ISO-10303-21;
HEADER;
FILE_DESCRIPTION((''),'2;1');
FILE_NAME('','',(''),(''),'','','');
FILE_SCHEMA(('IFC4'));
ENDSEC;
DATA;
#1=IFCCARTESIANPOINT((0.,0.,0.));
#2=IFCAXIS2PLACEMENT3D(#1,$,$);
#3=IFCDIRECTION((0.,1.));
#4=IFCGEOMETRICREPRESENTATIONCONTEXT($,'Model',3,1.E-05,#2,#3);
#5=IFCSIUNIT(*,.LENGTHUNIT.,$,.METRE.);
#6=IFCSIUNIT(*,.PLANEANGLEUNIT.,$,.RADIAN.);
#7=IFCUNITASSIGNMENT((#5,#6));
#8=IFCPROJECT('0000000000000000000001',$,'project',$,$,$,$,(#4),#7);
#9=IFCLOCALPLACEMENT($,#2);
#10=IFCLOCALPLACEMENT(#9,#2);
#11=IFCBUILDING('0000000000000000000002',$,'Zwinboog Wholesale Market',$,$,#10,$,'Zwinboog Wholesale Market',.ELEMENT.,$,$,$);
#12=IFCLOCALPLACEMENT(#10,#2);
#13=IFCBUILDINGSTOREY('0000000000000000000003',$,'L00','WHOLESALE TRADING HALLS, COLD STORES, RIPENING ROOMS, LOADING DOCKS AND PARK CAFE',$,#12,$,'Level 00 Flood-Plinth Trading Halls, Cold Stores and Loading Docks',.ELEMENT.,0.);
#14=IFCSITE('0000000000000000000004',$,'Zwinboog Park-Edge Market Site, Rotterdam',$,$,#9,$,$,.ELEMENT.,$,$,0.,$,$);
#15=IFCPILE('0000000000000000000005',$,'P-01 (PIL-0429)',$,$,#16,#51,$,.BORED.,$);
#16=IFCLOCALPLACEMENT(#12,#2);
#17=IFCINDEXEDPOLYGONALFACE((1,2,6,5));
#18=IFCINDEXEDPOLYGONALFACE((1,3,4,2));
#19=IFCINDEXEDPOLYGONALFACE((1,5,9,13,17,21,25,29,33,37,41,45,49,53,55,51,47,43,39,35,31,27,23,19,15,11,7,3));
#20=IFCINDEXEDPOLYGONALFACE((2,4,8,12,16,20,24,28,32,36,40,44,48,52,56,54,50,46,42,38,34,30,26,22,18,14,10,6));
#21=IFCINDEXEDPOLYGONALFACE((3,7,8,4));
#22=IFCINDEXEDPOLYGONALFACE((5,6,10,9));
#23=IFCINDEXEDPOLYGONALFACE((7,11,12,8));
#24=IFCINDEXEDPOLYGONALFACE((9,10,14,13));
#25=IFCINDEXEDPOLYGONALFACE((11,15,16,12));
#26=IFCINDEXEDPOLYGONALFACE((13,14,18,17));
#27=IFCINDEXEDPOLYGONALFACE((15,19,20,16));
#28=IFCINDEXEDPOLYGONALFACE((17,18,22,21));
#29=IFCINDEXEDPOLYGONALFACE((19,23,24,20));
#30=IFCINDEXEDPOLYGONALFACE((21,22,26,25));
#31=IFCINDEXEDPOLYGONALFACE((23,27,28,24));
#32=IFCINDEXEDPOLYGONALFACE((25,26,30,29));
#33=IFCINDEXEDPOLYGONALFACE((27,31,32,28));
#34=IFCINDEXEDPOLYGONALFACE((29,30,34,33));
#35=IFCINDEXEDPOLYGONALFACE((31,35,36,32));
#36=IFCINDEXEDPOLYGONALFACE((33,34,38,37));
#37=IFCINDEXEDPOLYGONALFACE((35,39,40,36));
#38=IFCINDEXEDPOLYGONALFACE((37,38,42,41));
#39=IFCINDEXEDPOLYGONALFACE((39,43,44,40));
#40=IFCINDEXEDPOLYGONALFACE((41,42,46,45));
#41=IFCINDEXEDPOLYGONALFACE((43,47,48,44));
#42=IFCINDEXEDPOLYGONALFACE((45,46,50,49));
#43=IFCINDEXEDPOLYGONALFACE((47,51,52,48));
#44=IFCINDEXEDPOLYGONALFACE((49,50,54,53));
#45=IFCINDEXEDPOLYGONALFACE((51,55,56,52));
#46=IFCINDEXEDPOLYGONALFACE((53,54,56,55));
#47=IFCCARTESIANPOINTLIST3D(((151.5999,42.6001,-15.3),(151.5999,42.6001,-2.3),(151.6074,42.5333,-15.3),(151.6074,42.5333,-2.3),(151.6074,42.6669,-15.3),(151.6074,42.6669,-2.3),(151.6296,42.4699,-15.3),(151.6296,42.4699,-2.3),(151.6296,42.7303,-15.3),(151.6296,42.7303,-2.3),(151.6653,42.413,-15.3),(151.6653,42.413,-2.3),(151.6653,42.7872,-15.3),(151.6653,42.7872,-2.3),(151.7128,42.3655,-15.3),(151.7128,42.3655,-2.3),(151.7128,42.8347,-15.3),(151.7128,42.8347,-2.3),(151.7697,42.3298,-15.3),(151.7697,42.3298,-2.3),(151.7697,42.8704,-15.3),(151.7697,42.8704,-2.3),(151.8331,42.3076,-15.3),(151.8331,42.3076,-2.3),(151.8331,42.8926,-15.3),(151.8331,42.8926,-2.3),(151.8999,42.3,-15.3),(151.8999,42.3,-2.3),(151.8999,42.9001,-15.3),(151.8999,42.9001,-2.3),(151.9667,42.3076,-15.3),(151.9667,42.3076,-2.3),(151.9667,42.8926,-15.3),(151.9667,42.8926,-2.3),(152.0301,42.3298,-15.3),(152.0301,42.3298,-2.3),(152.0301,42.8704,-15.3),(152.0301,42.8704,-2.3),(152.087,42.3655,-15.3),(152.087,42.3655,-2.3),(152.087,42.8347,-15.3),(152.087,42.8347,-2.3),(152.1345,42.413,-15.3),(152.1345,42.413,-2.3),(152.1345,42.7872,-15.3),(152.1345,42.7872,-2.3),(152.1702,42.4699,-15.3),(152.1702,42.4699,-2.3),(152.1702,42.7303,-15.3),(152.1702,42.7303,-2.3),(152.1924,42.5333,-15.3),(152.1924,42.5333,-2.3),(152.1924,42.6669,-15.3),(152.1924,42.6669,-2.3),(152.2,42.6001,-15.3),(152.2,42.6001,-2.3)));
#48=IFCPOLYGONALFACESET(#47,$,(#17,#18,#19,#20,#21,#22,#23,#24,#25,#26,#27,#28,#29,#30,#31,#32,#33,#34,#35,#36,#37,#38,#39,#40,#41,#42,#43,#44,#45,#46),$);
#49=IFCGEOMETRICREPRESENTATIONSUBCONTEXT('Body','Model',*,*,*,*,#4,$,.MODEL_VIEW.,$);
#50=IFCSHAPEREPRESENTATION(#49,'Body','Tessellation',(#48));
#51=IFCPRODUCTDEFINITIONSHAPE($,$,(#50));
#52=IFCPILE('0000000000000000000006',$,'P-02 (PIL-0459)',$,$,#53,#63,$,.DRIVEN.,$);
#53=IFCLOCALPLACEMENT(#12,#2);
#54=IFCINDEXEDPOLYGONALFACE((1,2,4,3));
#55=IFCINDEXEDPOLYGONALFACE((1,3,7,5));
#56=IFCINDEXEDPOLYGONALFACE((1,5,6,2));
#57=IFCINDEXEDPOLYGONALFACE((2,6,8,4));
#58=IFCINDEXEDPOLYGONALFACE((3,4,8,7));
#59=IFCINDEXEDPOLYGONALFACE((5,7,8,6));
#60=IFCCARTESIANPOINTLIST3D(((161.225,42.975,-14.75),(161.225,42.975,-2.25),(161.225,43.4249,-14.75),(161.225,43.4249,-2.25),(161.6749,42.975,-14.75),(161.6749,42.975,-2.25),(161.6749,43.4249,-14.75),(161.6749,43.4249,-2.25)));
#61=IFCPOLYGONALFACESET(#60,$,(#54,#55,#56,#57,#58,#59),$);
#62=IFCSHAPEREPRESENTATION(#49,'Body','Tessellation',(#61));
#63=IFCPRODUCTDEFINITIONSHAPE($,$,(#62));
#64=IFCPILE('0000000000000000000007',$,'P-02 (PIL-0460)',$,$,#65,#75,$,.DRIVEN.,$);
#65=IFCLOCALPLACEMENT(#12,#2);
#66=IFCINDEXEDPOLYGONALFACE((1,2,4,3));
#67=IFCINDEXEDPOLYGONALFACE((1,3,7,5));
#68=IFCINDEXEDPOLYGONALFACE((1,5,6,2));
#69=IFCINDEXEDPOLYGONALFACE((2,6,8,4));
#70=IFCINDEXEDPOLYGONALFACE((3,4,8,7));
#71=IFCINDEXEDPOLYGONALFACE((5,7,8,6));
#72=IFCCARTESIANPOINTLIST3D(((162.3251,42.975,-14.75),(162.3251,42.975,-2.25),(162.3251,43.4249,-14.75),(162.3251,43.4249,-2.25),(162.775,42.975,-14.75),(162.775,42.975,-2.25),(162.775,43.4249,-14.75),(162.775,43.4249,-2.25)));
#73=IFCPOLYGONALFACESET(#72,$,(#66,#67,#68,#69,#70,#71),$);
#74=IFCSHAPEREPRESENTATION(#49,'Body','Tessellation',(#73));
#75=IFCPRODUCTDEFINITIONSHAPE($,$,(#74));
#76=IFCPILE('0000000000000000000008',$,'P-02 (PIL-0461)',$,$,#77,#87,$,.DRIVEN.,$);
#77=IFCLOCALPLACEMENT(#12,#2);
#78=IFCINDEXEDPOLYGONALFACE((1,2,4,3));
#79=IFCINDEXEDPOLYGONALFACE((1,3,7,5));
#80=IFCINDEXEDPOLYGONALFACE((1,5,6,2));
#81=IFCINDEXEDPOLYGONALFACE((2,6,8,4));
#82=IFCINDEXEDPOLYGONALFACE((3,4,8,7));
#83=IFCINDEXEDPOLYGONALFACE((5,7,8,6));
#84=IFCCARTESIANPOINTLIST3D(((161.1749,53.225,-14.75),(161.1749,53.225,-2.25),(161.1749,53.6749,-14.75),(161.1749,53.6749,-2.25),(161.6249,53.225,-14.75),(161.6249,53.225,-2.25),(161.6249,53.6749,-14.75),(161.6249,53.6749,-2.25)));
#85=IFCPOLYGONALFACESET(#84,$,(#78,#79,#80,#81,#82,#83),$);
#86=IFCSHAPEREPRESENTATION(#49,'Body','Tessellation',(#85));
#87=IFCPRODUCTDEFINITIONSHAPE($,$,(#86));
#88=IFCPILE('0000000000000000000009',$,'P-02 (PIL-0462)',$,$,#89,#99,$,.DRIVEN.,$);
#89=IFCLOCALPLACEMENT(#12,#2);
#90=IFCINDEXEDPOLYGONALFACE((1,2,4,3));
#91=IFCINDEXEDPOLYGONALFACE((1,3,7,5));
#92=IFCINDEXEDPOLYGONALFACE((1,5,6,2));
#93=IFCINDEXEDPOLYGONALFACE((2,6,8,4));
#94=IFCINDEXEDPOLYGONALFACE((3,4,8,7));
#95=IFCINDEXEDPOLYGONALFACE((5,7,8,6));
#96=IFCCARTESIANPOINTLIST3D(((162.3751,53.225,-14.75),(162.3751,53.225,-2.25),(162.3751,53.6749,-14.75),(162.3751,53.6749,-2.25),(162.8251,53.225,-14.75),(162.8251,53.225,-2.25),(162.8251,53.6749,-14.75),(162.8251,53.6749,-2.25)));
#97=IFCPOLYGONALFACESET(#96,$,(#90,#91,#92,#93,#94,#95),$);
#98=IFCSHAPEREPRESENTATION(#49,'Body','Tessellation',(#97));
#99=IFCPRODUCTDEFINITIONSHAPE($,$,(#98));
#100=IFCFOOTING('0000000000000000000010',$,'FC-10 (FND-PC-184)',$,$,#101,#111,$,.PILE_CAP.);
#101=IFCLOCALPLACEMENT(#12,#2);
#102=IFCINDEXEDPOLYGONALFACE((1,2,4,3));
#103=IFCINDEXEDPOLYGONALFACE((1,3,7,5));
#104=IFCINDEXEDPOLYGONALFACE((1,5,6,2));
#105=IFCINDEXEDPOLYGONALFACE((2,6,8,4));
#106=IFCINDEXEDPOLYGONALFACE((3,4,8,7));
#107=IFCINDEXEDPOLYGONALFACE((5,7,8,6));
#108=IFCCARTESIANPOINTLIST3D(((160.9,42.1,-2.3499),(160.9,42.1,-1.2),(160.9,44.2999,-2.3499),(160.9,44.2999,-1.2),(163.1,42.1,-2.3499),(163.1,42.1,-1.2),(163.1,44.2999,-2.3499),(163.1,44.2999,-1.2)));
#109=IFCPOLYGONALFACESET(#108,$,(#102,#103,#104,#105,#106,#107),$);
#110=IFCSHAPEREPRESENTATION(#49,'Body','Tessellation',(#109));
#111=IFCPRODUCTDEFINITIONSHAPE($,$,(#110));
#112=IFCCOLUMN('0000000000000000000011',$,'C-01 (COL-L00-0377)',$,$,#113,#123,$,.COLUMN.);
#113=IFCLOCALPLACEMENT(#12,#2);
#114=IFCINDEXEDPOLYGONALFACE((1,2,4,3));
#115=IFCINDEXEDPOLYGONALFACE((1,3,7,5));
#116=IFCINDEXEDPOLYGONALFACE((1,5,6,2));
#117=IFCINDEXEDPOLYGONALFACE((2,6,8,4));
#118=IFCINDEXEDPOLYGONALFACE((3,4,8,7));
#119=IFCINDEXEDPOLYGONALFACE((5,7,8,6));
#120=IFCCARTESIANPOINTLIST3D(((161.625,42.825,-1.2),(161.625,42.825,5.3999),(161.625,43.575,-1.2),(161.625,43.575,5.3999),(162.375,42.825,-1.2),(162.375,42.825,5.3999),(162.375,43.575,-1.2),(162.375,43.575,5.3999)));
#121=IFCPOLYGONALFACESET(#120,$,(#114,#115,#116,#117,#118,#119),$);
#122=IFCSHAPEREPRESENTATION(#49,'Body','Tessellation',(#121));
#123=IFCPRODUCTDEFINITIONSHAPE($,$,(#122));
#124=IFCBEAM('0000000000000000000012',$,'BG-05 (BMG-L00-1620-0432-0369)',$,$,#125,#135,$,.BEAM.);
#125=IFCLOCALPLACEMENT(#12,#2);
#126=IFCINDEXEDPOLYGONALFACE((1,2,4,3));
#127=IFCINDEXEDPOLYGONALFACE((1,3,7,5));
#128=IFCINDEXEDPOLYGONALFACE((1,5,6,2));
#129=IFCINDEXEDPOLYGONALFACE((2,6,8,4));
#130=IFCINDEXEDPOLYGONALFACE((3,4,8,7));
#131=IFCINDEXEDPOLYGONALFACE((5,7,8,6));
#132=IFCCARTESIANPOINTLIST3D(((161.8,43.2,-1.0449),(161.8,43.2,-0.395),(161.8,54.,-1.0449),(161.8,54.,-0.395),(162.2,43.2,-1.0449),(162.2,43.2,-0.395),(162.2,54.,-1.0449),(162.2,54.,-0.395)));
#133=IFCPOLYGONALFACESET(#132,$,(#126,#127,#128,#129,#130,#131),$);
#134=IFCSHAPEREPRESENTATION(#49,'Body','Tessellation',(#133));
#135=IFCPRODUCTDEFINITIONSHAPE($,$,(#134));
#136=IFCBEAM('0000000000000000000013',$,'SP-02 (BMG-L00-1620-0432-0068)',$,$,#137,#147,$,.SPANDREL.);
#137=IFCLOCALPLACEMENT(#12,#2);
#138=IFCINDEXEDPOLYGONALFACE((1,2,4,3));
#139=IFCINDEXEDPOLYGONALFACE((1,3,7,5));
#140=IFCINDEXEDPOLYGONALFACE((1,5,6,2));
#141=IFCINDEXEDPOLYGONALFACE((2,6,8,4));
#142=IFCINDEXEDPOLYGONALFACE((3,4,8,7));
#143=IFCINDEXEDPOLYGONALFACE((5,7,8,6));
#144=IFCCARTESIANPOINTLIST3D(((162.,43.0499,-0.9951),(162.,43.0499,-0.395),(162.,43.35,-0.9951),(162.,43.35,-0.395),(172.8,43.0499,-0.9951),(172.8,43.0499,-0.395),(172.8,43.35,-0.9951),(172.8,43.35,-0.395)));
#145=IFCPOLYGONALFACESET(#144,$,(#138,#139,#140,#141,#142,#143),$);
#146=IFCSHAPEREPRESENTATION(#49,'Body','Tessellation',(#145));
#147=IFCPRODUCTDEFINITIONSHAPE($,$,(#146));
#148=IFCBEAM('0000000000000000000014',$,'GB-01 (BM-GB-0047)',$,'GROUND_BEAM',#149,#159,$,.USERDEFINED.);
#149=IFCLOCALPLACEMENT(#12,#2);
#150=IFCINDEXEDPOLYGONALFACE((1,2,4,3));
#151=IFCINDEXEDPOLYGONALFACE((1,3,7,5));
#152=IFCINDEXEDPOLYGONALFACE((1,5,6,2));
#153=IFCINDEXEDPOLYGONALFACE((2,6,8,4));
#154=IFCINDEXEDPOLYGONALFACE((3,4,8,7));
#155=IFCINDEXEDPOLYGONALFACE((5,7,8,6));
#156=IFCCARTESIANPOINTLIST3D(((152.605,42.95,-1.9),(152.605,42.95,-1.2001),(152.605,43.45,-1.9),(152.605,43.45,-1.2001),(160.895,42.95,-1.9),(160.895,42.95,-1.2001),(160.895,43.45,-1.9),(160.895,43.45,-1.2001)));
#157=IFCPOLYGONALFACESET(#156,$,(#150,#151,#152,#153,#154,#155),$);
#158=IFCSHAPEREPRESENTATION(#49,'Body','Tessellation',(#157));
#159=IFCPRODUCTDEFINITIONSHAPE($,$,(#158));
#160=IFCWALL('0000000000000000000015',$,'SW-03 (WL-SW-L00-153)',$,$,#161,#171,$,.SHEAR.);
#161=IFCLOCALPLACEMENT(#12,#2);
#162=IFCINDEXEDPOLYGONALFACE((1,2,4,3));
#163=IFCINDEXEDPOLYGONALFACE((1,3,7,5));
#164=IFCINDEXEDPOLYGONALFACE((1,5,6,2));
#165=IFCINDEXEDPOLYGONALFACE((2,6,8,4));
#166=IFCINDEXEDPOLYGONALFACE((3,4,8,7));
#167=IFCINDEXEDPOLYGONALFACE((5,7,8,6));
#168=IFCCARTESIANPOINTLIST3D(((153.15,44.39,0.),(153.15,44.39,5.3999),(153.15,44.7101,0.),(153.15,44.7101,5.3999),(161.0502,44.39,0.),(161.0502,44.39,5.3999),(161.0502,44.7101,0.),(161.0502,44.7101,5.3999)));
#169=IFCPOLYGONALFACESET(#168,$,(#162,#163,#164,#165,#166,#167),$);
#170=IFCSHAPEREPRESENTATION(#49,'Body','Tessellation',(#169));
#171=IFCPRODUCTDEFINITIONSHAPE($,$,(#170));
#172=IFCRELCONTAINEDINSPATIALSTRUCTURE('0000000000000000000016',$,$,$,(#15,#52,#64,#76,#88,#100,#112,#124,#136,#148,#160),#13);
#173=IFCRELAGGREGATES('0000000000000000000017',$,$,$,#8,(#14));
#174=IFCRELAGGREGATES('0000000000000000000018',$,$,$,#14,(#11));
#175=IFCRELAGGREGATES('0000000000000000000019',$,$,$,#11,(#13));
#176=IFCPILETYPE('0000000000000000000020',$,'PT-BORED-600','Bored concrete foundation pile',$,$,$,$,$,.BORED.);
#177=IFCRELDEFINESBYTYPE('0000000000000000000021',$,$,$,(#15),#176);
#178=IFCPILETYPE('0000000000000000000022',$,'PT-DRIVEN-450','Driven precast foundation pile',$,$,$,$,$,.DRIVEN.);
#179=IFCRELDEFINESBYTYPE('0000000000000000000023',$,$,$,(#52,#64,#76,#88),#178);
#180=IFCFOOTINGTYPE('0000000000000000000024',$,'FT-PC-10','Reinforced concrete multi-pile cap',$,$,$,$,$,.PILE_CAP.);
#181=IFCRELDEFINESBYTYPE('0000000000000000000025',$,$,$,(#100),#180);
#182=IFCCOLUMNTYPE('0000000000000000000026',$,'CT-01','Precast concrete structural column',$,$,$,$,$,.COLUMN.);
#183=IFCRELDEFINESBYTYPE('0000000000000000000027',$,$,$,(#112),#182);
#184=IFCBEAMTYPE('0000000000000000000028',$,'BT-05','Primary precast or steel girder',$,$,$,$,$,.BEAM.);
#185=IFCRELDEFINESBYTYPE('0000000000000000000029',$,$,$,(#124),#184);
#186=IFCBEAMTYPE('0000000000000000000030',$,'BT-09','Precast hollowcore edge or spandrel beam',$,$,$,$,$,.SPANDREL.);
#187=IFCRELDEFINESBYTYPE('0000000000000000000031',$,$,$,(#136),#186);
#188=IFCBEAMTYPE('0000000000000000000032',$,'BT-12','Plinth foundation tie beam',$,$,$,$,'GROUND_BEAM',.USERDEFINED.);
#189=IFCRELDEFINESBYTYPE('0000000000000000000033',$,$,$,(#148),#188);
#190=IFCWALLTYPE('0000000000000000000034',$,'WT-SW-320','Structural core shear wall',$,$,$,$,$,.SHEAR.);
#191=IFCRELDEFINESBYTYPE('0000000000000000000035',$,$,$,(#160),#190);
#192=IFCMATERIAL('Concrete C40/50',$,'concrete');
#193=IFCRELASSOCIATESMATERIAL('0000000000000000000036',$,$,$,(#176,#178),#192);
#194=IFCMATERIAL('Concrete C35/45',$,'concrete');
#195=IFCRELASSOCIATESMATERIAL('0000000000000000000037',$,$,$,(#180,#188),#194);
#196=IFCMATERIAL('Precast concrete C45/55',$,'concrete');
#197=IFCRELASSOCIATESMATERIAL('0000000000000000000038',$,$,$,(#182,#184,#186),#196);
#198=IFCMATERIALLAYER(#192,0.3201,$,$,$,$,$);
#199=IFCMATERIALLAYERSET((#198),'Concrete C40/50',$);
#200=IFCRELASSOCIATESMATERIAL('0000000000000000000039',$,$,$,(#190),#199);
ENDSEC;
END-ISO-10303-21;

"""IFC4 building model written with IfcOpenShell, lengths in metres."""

from ifc_helpers import new_model, si_unit, direction, frame, frame_2d, origin, origin_2d, place, context, subcontext, project, spatial, rectangle, circle, extrude, material, layer, layer_set, material_profile, profile_set, type_object, element, save


model = new_model("IFC4")

# Units and contexts
model_context = context("Model", 3, precision=1e-05, world=origin(), true_north=direction((0.0, 1.0)))
body_context = subcontext(model_context, "Body", "Model", "MODEL_VIEW")
ifc_project = project(units=[si_unit("LENGTHUNIT", "METRE"), si_unit("PLANEANGLEUNIT", "RADIAN")], contexts=[model_context])

# Site, building, storey
site_placement = place(None, origin())
site = spatial("IfcSite", under=ifc_project, at=site_placement, Name="Zwinboog Park-Edge Market Site, Rotterdam", CompositionType="ELEMENT", RefElevation=0.0)
building_placement = place(site_placement, origin())
building = spatial("IfcBuilding", under=site, at=building_placement, Name="Zwinboog Wholesale Market", LongName="Zwinboog Wholesale Market", CompositionType="ELEMENT")
storey_placement = place(building_placement, origin())
storey = spatial("IfcBuildingStorey", under=building, at=storey_placement, Name="L00", Description="WHOLESALE TRADING HALLS, COLD STORES, RIPENING ROOMS, LOADING DOCKS AND PARK CAFE", LongName="Level 00 Flood-Plinth Trading Halls, Cold Stores and Loading Docks", CompositionType="ELEMENT", Elevation=0.0)

# Piles
ifc_material_1 = material(Name="Concrete C40/50", Category="concrete")
ifc_material_profile_1 = material_profile(ifc_material_1, circle(Radius=0.3, at=origin_2d()), Name="PILE D600")
ifc_profile_set_1 = profile_set([ifc_material_profile_1], Name="Concrete C40/50")
pile_type_1 = type_object("IfcPileType", Name="PT-BORED-600", Description="Bored concrete foundation pile", PredefinedType="BORED", material=ifc_profile_set_1)
pile_placement = place(storey_placement, frame((151.8999, 42.6001, -2.3), z_axis=(0.0, 0.0, -1.0), x_axis=(1.0, 0.0, 0.0)))
element("IfcPile", 1, at=pile_placement, inside=storey, type_object=pile_type_1, Name="P-01 (PIL-0429)", PredefinedType="BORED", context=body_context, shape_type="SweptSolid", body=[
    extrude(circle(Radius=0.3, at=origin_2d()), origin(), (0.0, 0.0, 1.0), 13.0),
])
ifc_material_profile_2 = material_profile(ifc_material_1, rectangle(XDim=0.45, YDim=0.45, at=origin_2d()), Name="PILE SQ450")
ifc_profile_set_2 = profile_set([ifc_material_profile_2], Name="Concrete C40/50")
pile_type_2 = type_object("IfcPileType", Name="PT-DRIVEN-450", Description="Driven precast foundation pile", PredefinedType="DRIVEN", material=ifc_profile_set_2)
for number, where, z_axis, x_axis, name in (
    (2, (161.45, 43.2, -2.25), (0.0, 0.0, -1.0), (1.0, 0.0, 0.0), "P-02 (PIL-0459)"),
    (3, (162.55, 43.2, -2.25), (0.0, 0.0, -1.0), (1.0, 0.0, 0.0), "P-02 (PIL-0460)"),
    (4, (161.3999, 53.45, -2.25), (0.0, 0.0, -1.0), (1.0, 0.0, 0.0), "P-02 (PIL-0461)"),
    (5, (162.6001, 53.45, -2.25), (0.0, 0.0, -1.0), (1.0, 0.0, 0.0), "P-02 (PIL-0462)"),
):
    element("IfcPile", number, at=place(storey_placement, frame(where, z_axis=z_axis, x_axis=x_axis)), inside=storey, type_object=pile_type_2, Name=name, PredefinedType="DRIVEN", context=body_context, shape_type="SweptSolid", body=[
        extrude(rectangle(XDim=0.45, YDim=0.45, at=origin_2d()), origin(), (0.0, 0.0, 1.0), 12.5),
    ])

# Footing
ifc_material_2 = material(Name="Concrete C35/45", Category="concrete")
footing_type = type_object("IfcFootingType", Name="FT-PC-10", Description="Reinforced concrete multi-pile cap", PredefinedType="PILE_CAP", material=ifc_material_2)
footing_placement = place(storey_placement, frame((162.0, 43.2, -2.3499), z_axis=(0.0, 0.0, 1.0), x_axis=(1.0, 0.0, 0.0)))
element("IfcFooting", 6, at=footing_placement, inside=storey, type_object=footing_type, Name="FC-10 (FND-PC-184)", PredefinedType="PILE_CAP", context=body_context, shape_type="SweptSolid", body=[
    extrude(rectangle(XDim=2.2, YDim=2.2, at=origin_2d()), origin(), (0.0, 0.0, 1.0), 1.1499),
])

# Column
ifc_material_3 = material(Name="Precast concrete C45/55", Category="concrete")
ifc_material_profile_3 = material_profile(ifc_material_3, rectangle(XDim=0.75, YDim=0.75, at=origin_2d()), Name="PC 750x750")
ifc_profile_set_3 = profile_set([ifc_material_profile_3], Name="Precast concrete C45/55")
column_type = type_object("IfcColumnType", Name="CT-01", Description="Precast concrete structural column", PredefinedType="COLUMN", material=ifc_profile_set_3)
column_placement = place(storey_placement, frame((162.0, 43.2, -1.2), z_axis=(0.0, 0.0, 1.0), x_axis=(1.0, 0.0, 0.0)))
element("IfcColumn", 7, at=column_placement, inside=storey, type_object=column_type, Name="C-01 (COL-L00-0377)", PredefinedType="COLUMN", context=body_context, shape_type="SweptSolid", body=[
    extrude(rectangle(XDim=0.75, YDim=0.75, at=origin_2d()), origin(), (0.0, 0.0, 1.0), 6.5999),
])

# Beams
ifc_material_profile_4 = material_profile(ifc_material_3, rectangle(XDim=0.3999, YDim=0.6499, at=origin_2d()), Name="PC 400x650")
ifc_profile_set_4 = profile_set([ifc_material_profile_4], Name="Precast concrete C45/55")
beam_type_1 = type_object("IfcBeamType", Name="BT-05", Description="Primary precast or steel girder", PredefinedType="BEAM", material=ifc_profile_set_4)
beam_1_placement = place(storey_placement, frame((162.0, 43.2, -0.72), z_axis=(0.0, 1.0, 0.0), x_axis=(-1.0, 0.0, 0.0)))
element("IfcBeam", 8, at=beam_1_placement, inside=storey, type_object=beam_type_1, Name="BG-05 (BMG-L00-1620-0432-0369)", PredefinedType="BEAM", context=body_context, shape_type="SweptSolid", body=[
    extrude(rectangle(XDim=0.3999, YDim=0.6499, at=origin_2d()), origin(), (0.0, 0.0, 1.0), 10.8),
])
ifc_material_profile_5 = material_profile(ifc_material_3, rectangle(XDim=0.3, YDim=0.6001, at=origin_2d()), Name="PC 300x600")
ifc_profile_set_5 = profile_set([ifc_material_profile_5], Name="Precast concrete C45/55")
beam_type_2 = type_object("IfcBeamType", Name="BT-09", Description="Precast hollowcore edge or spandrel beam", PredefinedType="SPANDREL", material=ifc_profile_set_5)
beam_2_placement = place(storey_placement, frame((162.0, 43.2, -0.6951), z_axis=(1.0, 0.0, 0.0), x_axis=(0.0, 1.0, 0.0)))
element("IfcBeam", 9, at=beam_2_placement, inside=storey, type_object=beam_type_2, Name="SP-02 (BMG-L00-1620-0432-0068)", PredefinedType="SPANDREL", context=body_context, shape_type="SweptSolid", body=[
    extrude(rectangle(XDim=0.3, YDim=0.6001, at=origin_2d()), origin(), (0.0, 0.0, 1.0), 10.8),
])
ifc_material_profile_6 = material_profile(ifc_material_2, rectangle(XDim=0.5, YDim=0.7, at=origin_2d()), Name="RC 500x700")
ifc_profile_set_6 = profile_set([ifc_material_profile_6], Name="Concrete C35/45")
beam_type_3 = type_object("IfcBeamType", Name="BT-12", Description="Plinth foundation tie beam", ElementType="GROUND_BEAM", PredefinedType="USERDEFINED", material=ifc_profile_set_6)
beam_3_placement = place(storey_placement, frame((152.605, 43.2, -1.55), z_axis=(1.0, 0.0, 0.0), x_axis=(0.0, 1.0, 0.0)))
element("IfcBeam", 10, at=beam_3_placement, inside=storey, type_object=beam_type_3, Name="GB-01 (BM-GB-0047)", ObjectType="GROUND_BEAM", PredefinedType="USERDEFINED", context=body_context, shape_type="SweptSolid", body=[
    extrude(rectangle(XDim=0.5, YDim=0.7, at=origin_2d()), origin(), (0.0, 0.0, 1.0), 8.29),
])

# Wall
ifc_layer_1 = layer(ifc_material_1, 0.3201)
ifc_layer_set_1 = layer_set([ifc_layer_1], Name="Concrete C40/50")
wall_type_1 = type_object("IfcWallType", Name="WT-SW-320", Description="Structural core shear wall", PredefinedType="SHEAR", material=ifc_layer_set_1)
wall_1_placement = place(storey_placement, frame((153.1499, 44.55, 0.0), z_axis=(0.0, 0.0, 1.0), x_axis=(1.0, 0.0, 0.0)))
element("IfcWall", 11, at=wall_1_placement, inside=storey, type_object=wall_type_1, Name="SW-03 (WL-SW-L00-153)", PredefinedType="SHEAR", context=body_context, shape_type="SweptSolid", body=[
    extrude(rectangle(XDim=7.9001, YDim=0.3201, at=frame_2d((3.9502, 0.0))), origin(), (0.0, 0.0, 1.0), 5.3999),
])

save(model, "model.ifc")
